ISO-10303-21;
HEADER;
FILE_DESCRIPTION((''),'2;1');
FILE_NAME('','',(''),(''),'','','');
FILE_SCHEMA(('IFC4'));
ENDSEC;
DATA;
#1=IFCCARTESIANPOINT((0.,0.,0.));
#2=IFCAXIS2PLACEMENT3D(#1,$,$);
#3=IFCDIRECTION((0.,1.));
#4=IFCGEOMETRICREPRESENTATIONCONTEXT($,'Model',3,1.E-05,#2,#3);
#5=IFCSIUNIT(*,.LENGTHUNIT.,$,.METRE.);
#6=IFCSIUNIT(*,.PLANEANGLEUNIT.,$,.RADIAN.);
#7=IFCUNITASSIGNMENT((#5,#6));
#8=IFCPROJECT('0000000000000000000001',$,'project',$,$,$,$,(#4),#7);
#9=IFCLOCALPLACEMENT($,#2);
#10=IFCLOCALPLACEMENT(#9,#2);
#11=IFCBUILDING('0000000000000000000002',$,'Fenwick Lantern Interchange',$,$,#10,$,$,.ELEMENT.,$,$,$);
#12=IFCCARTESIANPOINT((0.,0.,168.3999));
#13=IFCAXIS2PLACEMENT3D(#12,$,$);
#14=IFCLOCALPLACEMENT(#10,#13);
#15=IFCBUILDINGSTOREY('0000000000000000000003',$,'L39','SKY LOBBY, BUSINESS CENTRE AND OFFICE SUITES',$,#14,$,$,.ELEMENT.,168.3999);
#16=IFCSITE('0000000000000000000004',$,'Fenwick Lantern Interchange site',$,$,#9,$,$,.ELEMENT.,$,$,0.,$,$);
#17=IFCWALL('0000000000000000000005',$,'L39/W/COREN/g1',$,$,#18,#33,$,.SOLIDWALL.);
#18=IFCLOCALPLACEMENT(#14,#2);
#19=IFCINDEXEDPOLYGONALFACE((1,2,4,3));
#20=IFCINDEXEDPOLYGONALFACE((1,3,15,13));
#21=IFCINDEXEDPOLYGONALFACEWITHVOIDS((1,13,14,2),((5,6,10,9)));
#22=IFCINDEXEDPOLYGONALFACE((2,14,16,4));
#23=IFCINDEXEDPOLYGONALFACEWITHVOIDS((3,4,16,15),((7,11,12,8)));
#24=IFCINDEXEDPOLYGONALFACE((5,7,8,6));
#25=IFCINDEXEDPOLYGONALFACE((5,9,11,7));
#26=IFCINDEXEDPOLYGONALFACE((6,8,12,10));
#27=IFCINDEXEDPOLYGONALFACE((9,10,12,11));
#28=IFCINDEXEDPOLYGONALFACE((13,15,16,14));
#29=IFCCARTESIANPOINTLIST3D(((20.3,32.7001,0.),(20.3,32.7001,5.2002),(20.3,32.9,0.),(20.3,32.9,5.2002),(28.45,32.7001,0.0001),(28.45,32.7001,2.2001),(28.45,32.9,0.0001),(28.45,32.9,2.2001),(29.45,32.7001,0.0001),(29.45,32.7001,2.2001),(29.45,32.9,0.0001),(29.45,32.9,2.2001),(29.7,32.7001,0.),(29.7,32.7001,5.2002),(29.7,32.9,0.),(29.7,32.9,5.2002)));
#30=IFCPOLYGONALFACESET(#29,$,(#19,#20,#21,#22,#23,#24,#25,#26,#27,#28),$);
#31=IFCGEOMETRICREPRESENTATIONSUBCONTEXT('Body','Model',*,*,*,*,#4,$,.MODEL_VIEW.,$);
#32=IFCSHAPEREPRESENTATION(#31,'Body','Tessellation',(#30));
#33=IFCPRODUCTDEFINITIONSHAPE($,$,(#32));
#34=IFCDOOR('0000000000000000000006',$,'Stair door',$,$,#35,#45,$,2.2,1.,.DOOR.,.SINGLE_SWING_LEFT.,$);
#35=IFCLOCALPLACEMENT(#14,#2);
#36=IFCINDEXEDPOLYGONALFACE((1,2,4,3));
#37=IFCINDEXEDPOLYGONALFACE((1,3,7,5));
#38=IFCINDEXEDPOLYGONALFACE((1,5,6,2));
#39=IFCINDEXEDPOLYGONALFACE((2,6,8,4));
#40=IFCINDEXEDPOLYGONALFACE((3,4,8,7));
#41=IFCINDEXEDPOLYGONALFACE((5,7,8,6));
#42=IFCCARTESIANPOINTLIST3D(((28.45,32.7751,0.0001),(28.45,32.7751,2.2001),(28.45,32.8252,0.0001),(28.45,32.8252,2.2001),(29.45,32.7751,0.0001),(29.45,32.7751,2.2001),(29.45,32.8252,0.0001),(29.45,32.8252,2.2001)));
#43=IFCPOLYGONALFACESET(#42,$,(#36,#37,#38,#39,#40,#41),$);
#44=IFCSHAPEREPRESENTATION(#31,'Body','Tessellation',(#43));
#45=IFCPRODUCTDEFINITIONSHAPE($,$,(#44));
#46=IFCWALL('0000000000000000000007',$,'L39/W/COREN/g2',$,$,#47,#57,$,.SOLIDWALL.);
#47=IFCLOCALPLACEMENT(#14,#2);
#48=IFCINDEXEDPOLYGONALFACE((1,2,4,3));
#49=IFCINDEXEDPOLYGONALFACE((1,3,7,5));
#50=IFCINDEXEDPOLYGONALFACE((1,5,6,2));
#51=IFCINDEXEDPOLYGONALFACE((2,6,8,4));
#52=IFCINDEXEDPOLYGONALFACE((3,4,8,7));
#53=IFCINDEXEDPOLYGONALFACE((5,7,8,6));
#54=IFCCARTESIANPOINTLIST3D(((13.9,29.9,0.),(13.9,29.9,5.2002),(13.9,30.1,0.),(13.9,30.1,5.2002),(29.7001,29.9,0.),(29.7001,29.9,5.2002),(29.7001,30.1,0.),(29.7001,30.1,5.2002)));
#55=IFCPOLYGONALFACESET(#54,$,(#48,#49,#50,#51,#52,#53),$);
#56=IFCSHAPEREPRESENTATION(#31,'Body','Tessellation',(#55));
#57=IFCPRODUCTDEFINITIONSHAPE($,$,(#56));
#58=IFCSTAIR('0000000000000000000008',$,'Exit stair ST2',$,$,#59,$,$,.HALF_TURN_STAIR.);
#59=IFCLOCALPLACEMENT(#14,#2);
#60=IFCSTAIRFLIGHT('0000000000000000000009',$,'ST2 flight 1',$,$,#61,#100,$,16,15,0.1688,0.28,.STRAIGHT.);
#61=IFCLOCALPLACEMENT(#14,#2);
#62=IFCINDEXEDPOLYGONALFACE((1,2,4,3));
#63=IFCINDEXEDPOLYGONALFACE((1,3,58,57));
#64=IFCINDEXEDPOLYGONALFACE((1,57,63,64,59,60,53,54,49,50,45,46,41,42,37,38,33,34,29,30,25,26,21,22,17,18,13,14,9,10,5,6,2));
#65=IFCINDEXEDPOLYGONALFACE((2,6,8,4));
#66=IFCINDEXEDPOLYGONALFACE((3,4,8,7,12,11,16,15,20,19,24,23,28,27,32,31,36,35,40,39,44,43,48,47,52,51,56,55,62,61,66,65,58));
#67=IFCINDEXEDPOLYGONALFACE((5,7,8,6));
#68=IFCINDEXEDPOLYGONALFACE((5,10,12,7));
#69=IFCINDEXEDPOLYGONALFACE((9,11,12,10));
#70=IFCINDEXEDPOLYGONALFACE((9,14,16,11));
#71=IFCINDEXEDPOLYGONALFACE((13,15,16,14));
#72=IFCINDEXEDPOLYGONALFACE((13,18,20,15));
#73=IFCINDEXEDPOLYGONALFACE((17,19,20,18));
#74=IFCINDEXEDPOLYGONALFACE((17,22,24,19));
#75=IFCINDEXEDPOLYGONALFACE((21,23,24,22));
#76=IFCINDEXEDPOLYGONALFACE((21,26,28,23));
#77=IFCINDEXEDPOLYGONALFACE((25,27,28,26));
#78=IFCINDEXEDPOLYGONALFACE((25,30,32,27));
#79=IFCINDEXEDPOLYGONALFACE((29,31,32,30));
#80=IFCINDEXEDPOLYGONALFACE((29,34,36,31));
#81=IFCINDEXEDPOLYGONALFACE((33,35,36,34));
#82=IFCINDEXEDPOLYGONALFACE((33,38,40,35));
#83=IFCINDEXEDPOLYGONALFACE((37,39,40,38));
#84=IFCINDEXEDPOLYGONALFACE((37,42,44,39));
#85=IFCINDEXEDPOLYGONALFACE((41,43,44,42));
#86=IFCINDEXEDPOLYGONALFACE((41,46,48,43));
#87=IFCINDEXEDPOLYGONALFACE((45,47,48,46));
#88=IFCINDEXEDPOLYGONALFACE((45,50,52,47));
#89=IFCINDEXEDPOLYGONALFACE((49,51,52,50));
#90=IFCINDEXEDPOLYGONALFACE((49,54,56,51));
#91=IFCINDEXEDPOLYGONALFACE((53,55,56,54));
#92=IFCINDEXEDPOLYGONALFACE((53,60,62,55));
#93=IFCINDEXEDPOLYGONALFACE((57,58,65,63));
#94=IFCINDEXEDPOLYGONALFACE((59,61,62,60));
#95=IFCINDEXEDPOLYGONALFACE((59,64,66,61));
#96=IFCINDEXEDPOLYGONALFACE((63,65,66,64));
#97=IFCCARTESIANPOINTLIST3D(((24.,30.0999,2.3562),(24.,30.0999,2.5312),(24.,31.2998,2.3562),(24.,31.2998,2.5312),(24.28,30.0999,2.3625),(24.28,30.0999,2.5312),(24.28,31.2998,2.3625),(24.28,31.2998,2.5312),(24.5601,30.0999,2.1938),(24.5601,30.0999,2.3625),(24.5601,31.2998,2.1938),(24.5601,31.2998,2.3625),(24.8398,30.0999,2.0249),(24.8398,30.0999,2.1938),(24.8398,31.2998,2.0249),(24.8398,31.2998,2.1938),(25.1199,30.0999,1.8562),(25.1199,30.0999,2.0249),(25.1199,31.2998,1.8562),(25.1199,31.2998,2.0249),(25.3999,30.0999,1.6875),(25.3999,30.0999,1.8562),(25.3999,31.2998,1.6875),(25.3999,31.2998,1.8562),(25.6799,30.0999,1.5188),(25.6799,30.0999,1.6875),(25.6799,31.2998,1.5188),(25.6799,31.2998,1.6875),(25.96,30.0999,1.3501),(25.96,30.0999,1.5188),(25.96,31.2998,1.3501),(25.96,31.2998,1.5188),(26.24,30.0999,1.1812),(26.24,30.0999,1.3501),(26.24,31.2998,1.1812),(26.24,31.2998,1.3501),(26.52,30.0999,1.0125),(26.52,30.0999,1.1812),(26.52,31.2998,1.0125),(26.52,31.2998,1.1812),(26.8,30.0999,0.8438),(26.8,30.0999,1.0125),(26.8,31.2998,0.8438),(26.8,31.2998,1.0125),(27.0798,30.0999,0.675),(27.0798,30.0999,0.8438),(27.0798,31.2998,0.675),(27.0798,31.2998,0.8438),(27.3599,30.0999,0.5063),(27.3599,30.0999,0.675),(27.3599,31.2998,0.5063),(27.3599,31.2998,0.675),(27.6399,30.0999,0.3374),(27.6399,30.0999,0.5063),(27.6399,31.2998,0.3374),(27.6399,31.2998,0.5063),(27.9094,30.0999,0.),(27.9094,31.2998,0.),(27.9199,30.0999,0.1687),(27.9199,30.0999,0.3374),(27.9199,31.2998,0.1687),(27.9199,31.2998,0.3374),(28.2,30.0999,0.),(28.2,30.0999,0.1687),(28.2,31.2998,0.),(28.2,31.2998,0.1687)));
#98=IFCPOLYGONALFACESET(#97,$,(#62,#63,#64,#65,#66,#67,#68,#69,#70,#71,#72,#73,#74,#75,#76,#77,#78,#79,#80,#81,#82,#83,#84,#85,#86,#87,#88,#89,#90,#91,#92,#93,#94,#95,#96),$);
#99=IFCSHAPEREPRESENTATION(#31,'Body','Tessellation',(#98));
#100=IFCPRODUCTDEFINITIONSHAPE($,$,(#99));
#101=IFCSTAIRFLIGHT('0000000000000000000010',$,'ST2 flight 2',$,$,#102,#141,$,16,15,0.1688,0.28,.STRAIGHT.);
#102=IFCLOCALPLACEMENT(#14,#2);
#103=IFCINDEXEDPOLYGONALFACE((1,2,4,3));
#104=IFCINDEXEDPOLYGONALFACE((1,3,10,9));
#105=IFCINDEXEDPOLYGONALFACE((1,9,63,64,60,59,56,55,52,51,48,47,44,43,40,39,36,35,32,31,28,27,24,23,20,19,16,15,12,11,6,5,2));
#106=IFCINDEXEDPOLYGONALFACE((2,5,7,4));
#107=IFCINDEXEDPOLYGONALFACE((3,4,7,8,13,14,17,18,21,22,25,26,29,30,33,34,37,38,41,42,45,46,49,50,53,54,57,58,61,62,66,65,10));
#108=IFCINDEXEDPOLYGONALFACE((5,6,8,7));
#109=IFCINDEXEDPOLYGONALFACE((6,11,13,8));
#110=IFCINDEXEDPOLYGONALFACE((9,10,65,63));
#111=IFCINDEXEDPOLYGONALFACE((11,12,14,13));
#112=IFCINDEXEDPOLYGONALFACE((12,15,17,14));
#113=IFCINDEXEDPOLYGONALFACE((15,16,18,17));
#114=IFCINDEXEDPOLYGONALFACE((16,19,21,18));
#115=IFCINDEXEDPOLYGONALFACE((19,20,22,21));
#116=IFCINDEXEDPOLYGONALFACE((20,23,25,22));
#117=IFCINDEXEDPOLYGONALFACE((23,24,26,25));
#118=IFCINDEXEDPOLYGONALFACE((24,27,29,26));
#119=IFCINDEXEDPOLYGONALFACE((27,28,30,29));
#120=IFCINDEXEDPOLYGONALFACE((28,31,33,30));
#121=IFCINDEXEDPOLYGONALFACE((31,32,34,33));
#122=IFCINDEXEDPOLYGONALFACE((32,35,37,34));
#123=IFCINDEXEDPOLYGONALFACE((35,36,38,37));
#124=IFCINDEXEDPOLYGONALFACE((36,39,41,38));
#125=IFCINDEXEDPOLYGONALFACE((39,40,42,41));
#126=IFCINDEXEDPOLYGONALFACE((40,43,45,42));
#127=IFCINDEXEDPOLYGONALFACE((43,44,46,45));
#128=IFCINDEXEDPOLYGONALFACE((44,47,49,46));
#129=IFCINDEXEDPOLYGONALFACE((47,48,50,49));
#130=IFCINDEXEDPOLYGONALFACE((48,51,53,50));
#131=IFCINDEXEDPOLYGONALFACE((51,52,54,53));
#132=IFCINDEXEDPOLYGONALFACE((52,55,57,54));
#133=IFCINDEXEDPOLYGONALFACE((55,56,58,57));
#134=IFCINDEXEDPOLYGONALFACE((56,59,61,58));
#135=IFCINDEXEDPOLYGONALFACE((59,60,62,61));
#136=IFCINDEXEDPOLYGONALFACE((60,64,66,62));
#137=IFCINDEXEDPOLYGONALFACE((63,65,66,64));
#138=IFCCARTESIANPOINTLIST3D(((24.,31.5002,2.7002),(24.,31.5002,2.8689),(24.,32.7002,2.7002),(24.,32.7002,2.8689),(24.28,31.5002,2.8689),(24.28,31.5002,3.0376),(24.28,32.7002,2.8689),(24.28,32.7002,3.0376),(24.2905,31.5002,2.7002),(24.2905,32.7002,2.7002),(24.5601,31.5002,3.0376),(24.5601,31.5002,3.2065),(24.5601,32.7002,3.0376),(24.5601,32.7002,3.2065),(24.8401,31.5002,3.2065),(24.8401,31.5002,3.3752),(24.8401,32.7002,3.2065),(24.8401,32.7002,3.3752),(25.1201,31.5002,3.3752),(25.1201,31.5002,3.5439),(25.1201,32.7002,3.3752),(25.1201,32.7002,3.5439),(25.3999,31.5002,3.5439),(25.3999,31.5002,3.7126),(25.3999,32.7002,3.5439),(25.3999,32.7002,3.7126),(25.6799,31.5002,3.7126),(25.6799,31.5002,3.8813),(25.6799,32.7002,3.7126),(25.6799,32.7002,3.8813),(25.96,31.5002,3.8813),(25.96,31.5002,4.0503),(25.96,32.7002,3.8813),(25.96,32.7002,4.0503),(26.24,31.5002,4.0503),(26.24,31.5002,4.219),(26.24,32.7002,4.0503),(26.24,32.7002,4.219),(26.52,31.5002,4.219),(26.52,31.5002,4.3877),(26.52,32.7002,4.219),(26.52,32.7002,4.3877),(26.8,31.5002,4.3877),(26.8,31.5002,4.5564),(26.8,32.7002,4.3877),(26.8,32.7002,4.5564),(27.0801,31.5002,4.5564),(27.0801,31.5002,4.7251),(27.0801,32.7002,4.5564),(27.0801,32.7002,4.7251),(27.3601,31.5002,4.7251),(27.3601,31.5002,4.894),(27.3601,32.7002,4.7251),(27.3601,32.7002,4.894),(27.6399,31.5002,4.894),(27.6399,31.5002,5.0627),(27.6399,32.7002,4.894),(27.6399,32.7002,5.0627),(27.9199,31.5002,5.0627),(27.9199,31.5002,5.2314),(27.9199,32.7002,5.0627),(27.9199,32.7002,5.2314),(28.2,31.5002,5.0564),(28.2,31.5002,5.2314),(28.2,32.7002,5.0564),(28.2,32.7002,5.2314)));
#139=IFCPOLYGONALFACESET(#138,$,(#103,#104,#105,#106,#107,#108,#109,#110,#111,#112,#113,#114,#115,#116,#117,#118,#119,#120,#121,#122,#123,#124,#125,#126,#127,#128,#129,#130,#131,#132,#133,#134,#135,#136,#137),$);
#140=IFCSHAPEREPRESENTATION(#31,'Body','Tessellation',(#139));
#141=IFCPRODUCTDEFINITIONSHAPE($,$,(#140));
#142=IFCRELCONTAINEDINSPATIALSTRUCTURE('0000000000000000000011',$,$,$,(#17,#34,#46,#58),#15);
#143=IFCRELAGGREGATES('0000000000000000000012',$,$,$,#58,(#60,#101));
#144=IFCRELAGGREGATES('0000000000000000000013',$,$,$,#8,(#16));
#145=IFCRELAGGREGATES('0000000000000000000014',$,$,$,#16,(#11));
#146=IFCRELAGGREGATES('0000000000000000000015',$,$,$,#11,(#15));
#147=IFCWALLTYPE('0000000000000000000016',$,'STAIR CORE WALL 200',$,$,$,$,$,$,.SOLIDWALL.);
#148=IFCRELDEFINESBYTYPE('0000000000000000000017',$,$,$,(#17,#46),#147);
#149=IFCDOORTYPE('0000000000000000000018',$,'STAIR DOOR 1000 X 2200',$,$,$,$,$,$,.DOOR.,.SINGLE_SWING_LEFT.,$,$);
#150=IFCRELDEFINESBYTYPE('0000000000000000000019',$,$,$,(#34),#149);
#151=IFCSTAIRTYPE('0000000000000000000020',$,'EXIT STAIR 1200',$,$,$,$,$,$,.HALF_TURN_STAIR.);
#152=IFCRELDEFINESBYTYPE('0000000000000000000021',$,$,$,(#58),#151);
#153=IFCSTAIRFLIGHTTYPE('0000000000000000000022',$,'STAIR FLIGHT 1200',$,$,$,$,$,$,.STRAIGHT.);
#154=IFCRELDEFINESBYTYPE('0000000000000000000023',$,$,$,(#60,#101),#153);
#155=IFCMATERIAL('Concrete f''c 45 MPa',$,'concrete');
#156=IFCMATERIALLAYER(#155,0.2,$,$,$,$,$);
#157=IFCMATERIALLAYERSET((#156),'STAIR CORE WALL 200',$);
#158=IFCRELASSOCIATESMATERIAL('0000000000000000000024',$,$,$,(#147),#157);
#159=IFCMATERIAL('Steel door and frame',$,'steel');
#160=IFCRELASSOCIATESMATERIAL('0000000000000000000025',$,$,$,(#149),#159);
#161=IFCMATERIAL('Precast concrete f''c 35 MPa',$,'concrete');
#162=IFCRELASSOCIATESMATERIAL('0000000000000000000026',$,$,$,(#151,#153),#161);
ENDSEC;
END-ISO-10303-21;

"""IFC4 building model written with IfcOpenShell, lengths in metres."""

from ifc_helpers import new_model, si_unit, direction, frame, frame_2d, origin, place, context, subcontext, project, spatial, polyline, rectangle, outline, extrude, material, layer, layer_set, type_object, element, fill, aggregate, save


model = new_model("IFC4")

# Units and contexts
model_context = context("Model", 3, precision=1e-05, world=origin(), true_north=direction((0.0, 1.0)))
body_context = subcontext(model_context, "Body", "Model", "MODEL_VIEW")
ifc_project = project(units=[si_unit("LENGTHUNIT", "METRE"), si_unit("PLANEANGLEUNIT", "RADIAN")], contexts=[model_context])

# Site, building, storey
site_placement = place(None, origin())
site = spatial("IfcSite", under=ifc_project, at=site_placement, Name="Fenwick Lantern Interchange site", CompositionType="ELEMENT", RefElevation=0.0)
building_placement = place(site_placement, origin())
building = spatial("IfcBuilding", under=site, at=building_placement, Name="Fenwick Lantern Interchange", CompositionType="ELEMENT")
storey_placement = place(building_placement, frame((0.0, 0.0, 168.3999)))
storey = spatial("IfcBuildingStorey", under=building, at=storey_placement, Name="L39", Description="SKY LOBBY, BUSINESS CENTRE AND OFFICE SUITES", CompositionType="ELEMENT", Elevation=168.3999)

# Shared definitions
ifc_material_1 = material(Name="Steel door and frame", Category="steel")

# Shared definitions
ifc_material_2 = material(Name="Concrete f'c 45 MPa", Category="concrete")
ifc_layer_1 = layer(ifc_material_2, 0.2)
ifc_layer_set_1 = layer_set([ifc_layer_1], Name="STAIR CORE WALL 200")
wall_type_1 = type_object("IfcWallType", Name="STAIR CORE WALL 200", PredefinedType="SOLIDWALL", material=ifc_layer_set_1)

# Wall, opening, door
wall_1_placement = place(storey_placement, frame((29.7, 32.8, 0.0), z_axis=(0.0, 0.0, 1.0), x_axis=(-1.0, 0.0, 0.0)))
wall_1 = element("IfcWall", 1, at=wall_1_placement, inside=storey, type_object=wall_type_1, Name="L39/W/COREN/g1", PredefinedType="SOLIDWALL", context=body_context, shape_type="SweptSolid", body=[
    extrude(rectangle(XDim=9.3999, YDim=0.2, at=frame_2d((4.7, 0.0))), origin(), (0.0, 0.0, 1.0), 5.2002),
])
opening_1_placement = place(wall_1_placement, frame((0.25, 0.0, 0.0)))
opening_1 = element("IfcOpeningElement", 2, at=opening_1_placement, cuts=wall_1, PredefinedType="OPENING", context=body_context, shape_type="SweptSolid", body=[
    extrude(rectangle(XDim=1.0, YDim=2.2, at=frame_2d((0.5, 1.1001))), frame((0.0, 0.1099, 0.0), z_axis=(0.0, -1.0, 0.0), x_axis=(1.0, 0.0, 0.0)), (0.0, 0.0, 1.0), 0.22),
])
door_type_1 = type_object("IfcDoorType", Name="STAIR DOOR 1000 X 2200", OperationType="SINGLE_SWING_LEFT", PredefinedType="DOOR", material=ifc_material_1)
door_1_placement = place(opening_1_placement, origin())
door_1 = element("IfcDoor", 3, at=door_1_placement, inside=storey, type_object=door_type_1, Name="Stair door", OperationType="SINGLE_SWING_LEFT", OverallHeight=2.2, OverallWidth=1.0, PredefinedType="DOOR", context=body_context, shape_type="SweptSolid", body=[
    extrude(rectangle(XDim=1.0, YDim=2.2, at=frame_2d((0.5, 1.1001))), frame((0.0, 0.0249, 0.0), z_axis=(0.0, -1.0, 0.0), x_axis=(1.0, 0.0, 0.0)), (0.0, 0.0, 1.0), 0.05),
])
fill(opening_1, door_1)

# Wall
wall_2_placement = place(storey_placement, frame((29.7, 30.0, 0.0), z_axis=(0.0, 0.0, 1.0), x_axis=(-1.0, 0.0, 0.0)))
element("IfcWall", 4, at=wall_2_placement, inside=storey, type_object=wall_type_1, Name="L39/W/COREN/g2", PredefinedType="SOLIDWALL", context=body_context, shape_type="SweptSolid", body=[
    extrude(rectangle(XDim=15.8, YDim=0.2, at=frame_2d((7.8999, 0.0))), origin(), (0.0, 0.0, 1.0), 5.2002),
])

# Stair, stair flights
ifc_material_3 = material(Name="Precast concrete f'c 35 MPa", Category="concrete")
stair_type = type_object("IfcStairType", Name="EXIT STAIR 1200", PredefinedType="HALF_TURN_STAIR", material=ifc_material_3)
stair_placement = place(storey_placement, origin())
stair = element("IfcStair", 5, at=stair_placement, inside=storey, type_object=stair_type, Name="Exit stair ST2", PredefinedType="HALF_TURN_STAIR")
stair_flight_type = type_object("IfcStairFlightType", Name="STAIR FLIGHT 1200", PredefinedType="STRAIGHT", material=ifc_material_3)
stair_flight_1_placement = place(storey_placement, frame((28.2, 30.7, 0.0), z_axis=(0.0, 0.0, 1.0), x_axis=(-1.0, 0.0, 0.0)))
stair_flight_1 = element("IfcStairFlight", 6, at=stair_flight_1_placement, type_object=stair_flight_type, Name="ST2 flight 1", NumberOfRisers=16, NumberOfTreads=15, PredefinedType="STRAIGHT", RiserHeight=0.1688, TreadLength=0.28, context=body_context, shape_type="SweptSolid", body=[
    extrude(outline(polyline([(0.0, 0.0), (0.0, 0.1687), (0.28, 0.1687), (0.28, 0.3374), (0.5601, 0.3374), (0.5601, 0.5063), (0.8401, 0.5063), (0.8401, 0.675), (1.1201, 0.675), (1.1201, 0.8438), (1.3999, 0.8438), (1.3999, 1.0125), (1.6799, 1.0125), (1.6799, 1.1812), (1.96, 1.1812), (1.96, 1.3501), (2.24, 1.3501), (2.24, 1.5188), (2.52, 1.5188), (2.52, 1.6875), (2.8, 1.6875), (2.8, 1.8562), (3.0801, 1.8562), (3.0801, 2.0249), (3.3601, 2.0249), (3.3601, 2.1938), (3.6399, 2.1938), (3.6399, 2.3625), (3.9199, 2.3625), (3.9199, 2.5312), (4.2, 2.5312), (4.2, 2.7), (4.2, 2.3562), (0.2905, 0.0), (0.0, 0.0)])), frame((0.0, 0.6001, 0.0), z_axis=(0.0, -1.0, 0.0), x_axis=(1.0, 0.0, 0.0)), (0.0, 0.0, 1.0), 1.2),
])
stair_flight_2_placement = place(storey_placement, frame((24.0, 32.1001, 2.7002), z_axis=(0.0, 0.0, 1.0), x_axis=(1.0, 0.0, 0.0)))
stair_flight_2 = element("IfcStairFlight", 7, at=stair_flight_2_placement, type_object=stair_flight_type, Name="ST2 flight 2", NumberOfRisers=16, NumberOfTreads=15, PredefinedType="STRAIGHT", RiserHeight=0.1688, TreadLength=0.28, context=body_context, shape_type="SweptSolid", body=[
    extrude(outline(polyline([(0.0, 0.0), (0.0, 0.1687), (0.28, 0.1687), (0.28, 0.3374), (0.5601, 0.3374), (0.5601, 0.5063), (0.8401, 0.5063), (0.8401, 0.675), (1.1201, 0.675), (1.1201, 0.8438), (1.3999, 0.8438), (1.3999, 1.0125), (1.6799, 1.0125), (1.6799, 1.1812), (1.96, 1.1812), (1.96, 1.3501), (2.24, 1.3501), (2.24, 1.5188), (2.52, 1.5188), (2.52, 1.6875), (2.8, 1.6875), (2.8, 1.8562), (3.0801, 1.8562), (3.0801, 2.0249), (3.3601, 2.0249), (3.3601, 2.1938), (3.6399, 2.1938), (3.6399, 2.3625), (3.9199, 2.3625), (3.9199, 2.5312), (4.2, 2.5312), (4.2, 2.7), (4.2, 2.3562), (0.2905, 0.0), (0.0, 0.0)])), frame((0.0, 0.6001, 0.0), z_axis=(0.0, -1.0, 0.0), x_axis=(1.0, 0.0, 0.0)), (0.0, 0.0, 1.0), 1.2),
])
aggregate(stair, [stair_flight_1, stair_flight_2])

save(model, "model.ifc")
